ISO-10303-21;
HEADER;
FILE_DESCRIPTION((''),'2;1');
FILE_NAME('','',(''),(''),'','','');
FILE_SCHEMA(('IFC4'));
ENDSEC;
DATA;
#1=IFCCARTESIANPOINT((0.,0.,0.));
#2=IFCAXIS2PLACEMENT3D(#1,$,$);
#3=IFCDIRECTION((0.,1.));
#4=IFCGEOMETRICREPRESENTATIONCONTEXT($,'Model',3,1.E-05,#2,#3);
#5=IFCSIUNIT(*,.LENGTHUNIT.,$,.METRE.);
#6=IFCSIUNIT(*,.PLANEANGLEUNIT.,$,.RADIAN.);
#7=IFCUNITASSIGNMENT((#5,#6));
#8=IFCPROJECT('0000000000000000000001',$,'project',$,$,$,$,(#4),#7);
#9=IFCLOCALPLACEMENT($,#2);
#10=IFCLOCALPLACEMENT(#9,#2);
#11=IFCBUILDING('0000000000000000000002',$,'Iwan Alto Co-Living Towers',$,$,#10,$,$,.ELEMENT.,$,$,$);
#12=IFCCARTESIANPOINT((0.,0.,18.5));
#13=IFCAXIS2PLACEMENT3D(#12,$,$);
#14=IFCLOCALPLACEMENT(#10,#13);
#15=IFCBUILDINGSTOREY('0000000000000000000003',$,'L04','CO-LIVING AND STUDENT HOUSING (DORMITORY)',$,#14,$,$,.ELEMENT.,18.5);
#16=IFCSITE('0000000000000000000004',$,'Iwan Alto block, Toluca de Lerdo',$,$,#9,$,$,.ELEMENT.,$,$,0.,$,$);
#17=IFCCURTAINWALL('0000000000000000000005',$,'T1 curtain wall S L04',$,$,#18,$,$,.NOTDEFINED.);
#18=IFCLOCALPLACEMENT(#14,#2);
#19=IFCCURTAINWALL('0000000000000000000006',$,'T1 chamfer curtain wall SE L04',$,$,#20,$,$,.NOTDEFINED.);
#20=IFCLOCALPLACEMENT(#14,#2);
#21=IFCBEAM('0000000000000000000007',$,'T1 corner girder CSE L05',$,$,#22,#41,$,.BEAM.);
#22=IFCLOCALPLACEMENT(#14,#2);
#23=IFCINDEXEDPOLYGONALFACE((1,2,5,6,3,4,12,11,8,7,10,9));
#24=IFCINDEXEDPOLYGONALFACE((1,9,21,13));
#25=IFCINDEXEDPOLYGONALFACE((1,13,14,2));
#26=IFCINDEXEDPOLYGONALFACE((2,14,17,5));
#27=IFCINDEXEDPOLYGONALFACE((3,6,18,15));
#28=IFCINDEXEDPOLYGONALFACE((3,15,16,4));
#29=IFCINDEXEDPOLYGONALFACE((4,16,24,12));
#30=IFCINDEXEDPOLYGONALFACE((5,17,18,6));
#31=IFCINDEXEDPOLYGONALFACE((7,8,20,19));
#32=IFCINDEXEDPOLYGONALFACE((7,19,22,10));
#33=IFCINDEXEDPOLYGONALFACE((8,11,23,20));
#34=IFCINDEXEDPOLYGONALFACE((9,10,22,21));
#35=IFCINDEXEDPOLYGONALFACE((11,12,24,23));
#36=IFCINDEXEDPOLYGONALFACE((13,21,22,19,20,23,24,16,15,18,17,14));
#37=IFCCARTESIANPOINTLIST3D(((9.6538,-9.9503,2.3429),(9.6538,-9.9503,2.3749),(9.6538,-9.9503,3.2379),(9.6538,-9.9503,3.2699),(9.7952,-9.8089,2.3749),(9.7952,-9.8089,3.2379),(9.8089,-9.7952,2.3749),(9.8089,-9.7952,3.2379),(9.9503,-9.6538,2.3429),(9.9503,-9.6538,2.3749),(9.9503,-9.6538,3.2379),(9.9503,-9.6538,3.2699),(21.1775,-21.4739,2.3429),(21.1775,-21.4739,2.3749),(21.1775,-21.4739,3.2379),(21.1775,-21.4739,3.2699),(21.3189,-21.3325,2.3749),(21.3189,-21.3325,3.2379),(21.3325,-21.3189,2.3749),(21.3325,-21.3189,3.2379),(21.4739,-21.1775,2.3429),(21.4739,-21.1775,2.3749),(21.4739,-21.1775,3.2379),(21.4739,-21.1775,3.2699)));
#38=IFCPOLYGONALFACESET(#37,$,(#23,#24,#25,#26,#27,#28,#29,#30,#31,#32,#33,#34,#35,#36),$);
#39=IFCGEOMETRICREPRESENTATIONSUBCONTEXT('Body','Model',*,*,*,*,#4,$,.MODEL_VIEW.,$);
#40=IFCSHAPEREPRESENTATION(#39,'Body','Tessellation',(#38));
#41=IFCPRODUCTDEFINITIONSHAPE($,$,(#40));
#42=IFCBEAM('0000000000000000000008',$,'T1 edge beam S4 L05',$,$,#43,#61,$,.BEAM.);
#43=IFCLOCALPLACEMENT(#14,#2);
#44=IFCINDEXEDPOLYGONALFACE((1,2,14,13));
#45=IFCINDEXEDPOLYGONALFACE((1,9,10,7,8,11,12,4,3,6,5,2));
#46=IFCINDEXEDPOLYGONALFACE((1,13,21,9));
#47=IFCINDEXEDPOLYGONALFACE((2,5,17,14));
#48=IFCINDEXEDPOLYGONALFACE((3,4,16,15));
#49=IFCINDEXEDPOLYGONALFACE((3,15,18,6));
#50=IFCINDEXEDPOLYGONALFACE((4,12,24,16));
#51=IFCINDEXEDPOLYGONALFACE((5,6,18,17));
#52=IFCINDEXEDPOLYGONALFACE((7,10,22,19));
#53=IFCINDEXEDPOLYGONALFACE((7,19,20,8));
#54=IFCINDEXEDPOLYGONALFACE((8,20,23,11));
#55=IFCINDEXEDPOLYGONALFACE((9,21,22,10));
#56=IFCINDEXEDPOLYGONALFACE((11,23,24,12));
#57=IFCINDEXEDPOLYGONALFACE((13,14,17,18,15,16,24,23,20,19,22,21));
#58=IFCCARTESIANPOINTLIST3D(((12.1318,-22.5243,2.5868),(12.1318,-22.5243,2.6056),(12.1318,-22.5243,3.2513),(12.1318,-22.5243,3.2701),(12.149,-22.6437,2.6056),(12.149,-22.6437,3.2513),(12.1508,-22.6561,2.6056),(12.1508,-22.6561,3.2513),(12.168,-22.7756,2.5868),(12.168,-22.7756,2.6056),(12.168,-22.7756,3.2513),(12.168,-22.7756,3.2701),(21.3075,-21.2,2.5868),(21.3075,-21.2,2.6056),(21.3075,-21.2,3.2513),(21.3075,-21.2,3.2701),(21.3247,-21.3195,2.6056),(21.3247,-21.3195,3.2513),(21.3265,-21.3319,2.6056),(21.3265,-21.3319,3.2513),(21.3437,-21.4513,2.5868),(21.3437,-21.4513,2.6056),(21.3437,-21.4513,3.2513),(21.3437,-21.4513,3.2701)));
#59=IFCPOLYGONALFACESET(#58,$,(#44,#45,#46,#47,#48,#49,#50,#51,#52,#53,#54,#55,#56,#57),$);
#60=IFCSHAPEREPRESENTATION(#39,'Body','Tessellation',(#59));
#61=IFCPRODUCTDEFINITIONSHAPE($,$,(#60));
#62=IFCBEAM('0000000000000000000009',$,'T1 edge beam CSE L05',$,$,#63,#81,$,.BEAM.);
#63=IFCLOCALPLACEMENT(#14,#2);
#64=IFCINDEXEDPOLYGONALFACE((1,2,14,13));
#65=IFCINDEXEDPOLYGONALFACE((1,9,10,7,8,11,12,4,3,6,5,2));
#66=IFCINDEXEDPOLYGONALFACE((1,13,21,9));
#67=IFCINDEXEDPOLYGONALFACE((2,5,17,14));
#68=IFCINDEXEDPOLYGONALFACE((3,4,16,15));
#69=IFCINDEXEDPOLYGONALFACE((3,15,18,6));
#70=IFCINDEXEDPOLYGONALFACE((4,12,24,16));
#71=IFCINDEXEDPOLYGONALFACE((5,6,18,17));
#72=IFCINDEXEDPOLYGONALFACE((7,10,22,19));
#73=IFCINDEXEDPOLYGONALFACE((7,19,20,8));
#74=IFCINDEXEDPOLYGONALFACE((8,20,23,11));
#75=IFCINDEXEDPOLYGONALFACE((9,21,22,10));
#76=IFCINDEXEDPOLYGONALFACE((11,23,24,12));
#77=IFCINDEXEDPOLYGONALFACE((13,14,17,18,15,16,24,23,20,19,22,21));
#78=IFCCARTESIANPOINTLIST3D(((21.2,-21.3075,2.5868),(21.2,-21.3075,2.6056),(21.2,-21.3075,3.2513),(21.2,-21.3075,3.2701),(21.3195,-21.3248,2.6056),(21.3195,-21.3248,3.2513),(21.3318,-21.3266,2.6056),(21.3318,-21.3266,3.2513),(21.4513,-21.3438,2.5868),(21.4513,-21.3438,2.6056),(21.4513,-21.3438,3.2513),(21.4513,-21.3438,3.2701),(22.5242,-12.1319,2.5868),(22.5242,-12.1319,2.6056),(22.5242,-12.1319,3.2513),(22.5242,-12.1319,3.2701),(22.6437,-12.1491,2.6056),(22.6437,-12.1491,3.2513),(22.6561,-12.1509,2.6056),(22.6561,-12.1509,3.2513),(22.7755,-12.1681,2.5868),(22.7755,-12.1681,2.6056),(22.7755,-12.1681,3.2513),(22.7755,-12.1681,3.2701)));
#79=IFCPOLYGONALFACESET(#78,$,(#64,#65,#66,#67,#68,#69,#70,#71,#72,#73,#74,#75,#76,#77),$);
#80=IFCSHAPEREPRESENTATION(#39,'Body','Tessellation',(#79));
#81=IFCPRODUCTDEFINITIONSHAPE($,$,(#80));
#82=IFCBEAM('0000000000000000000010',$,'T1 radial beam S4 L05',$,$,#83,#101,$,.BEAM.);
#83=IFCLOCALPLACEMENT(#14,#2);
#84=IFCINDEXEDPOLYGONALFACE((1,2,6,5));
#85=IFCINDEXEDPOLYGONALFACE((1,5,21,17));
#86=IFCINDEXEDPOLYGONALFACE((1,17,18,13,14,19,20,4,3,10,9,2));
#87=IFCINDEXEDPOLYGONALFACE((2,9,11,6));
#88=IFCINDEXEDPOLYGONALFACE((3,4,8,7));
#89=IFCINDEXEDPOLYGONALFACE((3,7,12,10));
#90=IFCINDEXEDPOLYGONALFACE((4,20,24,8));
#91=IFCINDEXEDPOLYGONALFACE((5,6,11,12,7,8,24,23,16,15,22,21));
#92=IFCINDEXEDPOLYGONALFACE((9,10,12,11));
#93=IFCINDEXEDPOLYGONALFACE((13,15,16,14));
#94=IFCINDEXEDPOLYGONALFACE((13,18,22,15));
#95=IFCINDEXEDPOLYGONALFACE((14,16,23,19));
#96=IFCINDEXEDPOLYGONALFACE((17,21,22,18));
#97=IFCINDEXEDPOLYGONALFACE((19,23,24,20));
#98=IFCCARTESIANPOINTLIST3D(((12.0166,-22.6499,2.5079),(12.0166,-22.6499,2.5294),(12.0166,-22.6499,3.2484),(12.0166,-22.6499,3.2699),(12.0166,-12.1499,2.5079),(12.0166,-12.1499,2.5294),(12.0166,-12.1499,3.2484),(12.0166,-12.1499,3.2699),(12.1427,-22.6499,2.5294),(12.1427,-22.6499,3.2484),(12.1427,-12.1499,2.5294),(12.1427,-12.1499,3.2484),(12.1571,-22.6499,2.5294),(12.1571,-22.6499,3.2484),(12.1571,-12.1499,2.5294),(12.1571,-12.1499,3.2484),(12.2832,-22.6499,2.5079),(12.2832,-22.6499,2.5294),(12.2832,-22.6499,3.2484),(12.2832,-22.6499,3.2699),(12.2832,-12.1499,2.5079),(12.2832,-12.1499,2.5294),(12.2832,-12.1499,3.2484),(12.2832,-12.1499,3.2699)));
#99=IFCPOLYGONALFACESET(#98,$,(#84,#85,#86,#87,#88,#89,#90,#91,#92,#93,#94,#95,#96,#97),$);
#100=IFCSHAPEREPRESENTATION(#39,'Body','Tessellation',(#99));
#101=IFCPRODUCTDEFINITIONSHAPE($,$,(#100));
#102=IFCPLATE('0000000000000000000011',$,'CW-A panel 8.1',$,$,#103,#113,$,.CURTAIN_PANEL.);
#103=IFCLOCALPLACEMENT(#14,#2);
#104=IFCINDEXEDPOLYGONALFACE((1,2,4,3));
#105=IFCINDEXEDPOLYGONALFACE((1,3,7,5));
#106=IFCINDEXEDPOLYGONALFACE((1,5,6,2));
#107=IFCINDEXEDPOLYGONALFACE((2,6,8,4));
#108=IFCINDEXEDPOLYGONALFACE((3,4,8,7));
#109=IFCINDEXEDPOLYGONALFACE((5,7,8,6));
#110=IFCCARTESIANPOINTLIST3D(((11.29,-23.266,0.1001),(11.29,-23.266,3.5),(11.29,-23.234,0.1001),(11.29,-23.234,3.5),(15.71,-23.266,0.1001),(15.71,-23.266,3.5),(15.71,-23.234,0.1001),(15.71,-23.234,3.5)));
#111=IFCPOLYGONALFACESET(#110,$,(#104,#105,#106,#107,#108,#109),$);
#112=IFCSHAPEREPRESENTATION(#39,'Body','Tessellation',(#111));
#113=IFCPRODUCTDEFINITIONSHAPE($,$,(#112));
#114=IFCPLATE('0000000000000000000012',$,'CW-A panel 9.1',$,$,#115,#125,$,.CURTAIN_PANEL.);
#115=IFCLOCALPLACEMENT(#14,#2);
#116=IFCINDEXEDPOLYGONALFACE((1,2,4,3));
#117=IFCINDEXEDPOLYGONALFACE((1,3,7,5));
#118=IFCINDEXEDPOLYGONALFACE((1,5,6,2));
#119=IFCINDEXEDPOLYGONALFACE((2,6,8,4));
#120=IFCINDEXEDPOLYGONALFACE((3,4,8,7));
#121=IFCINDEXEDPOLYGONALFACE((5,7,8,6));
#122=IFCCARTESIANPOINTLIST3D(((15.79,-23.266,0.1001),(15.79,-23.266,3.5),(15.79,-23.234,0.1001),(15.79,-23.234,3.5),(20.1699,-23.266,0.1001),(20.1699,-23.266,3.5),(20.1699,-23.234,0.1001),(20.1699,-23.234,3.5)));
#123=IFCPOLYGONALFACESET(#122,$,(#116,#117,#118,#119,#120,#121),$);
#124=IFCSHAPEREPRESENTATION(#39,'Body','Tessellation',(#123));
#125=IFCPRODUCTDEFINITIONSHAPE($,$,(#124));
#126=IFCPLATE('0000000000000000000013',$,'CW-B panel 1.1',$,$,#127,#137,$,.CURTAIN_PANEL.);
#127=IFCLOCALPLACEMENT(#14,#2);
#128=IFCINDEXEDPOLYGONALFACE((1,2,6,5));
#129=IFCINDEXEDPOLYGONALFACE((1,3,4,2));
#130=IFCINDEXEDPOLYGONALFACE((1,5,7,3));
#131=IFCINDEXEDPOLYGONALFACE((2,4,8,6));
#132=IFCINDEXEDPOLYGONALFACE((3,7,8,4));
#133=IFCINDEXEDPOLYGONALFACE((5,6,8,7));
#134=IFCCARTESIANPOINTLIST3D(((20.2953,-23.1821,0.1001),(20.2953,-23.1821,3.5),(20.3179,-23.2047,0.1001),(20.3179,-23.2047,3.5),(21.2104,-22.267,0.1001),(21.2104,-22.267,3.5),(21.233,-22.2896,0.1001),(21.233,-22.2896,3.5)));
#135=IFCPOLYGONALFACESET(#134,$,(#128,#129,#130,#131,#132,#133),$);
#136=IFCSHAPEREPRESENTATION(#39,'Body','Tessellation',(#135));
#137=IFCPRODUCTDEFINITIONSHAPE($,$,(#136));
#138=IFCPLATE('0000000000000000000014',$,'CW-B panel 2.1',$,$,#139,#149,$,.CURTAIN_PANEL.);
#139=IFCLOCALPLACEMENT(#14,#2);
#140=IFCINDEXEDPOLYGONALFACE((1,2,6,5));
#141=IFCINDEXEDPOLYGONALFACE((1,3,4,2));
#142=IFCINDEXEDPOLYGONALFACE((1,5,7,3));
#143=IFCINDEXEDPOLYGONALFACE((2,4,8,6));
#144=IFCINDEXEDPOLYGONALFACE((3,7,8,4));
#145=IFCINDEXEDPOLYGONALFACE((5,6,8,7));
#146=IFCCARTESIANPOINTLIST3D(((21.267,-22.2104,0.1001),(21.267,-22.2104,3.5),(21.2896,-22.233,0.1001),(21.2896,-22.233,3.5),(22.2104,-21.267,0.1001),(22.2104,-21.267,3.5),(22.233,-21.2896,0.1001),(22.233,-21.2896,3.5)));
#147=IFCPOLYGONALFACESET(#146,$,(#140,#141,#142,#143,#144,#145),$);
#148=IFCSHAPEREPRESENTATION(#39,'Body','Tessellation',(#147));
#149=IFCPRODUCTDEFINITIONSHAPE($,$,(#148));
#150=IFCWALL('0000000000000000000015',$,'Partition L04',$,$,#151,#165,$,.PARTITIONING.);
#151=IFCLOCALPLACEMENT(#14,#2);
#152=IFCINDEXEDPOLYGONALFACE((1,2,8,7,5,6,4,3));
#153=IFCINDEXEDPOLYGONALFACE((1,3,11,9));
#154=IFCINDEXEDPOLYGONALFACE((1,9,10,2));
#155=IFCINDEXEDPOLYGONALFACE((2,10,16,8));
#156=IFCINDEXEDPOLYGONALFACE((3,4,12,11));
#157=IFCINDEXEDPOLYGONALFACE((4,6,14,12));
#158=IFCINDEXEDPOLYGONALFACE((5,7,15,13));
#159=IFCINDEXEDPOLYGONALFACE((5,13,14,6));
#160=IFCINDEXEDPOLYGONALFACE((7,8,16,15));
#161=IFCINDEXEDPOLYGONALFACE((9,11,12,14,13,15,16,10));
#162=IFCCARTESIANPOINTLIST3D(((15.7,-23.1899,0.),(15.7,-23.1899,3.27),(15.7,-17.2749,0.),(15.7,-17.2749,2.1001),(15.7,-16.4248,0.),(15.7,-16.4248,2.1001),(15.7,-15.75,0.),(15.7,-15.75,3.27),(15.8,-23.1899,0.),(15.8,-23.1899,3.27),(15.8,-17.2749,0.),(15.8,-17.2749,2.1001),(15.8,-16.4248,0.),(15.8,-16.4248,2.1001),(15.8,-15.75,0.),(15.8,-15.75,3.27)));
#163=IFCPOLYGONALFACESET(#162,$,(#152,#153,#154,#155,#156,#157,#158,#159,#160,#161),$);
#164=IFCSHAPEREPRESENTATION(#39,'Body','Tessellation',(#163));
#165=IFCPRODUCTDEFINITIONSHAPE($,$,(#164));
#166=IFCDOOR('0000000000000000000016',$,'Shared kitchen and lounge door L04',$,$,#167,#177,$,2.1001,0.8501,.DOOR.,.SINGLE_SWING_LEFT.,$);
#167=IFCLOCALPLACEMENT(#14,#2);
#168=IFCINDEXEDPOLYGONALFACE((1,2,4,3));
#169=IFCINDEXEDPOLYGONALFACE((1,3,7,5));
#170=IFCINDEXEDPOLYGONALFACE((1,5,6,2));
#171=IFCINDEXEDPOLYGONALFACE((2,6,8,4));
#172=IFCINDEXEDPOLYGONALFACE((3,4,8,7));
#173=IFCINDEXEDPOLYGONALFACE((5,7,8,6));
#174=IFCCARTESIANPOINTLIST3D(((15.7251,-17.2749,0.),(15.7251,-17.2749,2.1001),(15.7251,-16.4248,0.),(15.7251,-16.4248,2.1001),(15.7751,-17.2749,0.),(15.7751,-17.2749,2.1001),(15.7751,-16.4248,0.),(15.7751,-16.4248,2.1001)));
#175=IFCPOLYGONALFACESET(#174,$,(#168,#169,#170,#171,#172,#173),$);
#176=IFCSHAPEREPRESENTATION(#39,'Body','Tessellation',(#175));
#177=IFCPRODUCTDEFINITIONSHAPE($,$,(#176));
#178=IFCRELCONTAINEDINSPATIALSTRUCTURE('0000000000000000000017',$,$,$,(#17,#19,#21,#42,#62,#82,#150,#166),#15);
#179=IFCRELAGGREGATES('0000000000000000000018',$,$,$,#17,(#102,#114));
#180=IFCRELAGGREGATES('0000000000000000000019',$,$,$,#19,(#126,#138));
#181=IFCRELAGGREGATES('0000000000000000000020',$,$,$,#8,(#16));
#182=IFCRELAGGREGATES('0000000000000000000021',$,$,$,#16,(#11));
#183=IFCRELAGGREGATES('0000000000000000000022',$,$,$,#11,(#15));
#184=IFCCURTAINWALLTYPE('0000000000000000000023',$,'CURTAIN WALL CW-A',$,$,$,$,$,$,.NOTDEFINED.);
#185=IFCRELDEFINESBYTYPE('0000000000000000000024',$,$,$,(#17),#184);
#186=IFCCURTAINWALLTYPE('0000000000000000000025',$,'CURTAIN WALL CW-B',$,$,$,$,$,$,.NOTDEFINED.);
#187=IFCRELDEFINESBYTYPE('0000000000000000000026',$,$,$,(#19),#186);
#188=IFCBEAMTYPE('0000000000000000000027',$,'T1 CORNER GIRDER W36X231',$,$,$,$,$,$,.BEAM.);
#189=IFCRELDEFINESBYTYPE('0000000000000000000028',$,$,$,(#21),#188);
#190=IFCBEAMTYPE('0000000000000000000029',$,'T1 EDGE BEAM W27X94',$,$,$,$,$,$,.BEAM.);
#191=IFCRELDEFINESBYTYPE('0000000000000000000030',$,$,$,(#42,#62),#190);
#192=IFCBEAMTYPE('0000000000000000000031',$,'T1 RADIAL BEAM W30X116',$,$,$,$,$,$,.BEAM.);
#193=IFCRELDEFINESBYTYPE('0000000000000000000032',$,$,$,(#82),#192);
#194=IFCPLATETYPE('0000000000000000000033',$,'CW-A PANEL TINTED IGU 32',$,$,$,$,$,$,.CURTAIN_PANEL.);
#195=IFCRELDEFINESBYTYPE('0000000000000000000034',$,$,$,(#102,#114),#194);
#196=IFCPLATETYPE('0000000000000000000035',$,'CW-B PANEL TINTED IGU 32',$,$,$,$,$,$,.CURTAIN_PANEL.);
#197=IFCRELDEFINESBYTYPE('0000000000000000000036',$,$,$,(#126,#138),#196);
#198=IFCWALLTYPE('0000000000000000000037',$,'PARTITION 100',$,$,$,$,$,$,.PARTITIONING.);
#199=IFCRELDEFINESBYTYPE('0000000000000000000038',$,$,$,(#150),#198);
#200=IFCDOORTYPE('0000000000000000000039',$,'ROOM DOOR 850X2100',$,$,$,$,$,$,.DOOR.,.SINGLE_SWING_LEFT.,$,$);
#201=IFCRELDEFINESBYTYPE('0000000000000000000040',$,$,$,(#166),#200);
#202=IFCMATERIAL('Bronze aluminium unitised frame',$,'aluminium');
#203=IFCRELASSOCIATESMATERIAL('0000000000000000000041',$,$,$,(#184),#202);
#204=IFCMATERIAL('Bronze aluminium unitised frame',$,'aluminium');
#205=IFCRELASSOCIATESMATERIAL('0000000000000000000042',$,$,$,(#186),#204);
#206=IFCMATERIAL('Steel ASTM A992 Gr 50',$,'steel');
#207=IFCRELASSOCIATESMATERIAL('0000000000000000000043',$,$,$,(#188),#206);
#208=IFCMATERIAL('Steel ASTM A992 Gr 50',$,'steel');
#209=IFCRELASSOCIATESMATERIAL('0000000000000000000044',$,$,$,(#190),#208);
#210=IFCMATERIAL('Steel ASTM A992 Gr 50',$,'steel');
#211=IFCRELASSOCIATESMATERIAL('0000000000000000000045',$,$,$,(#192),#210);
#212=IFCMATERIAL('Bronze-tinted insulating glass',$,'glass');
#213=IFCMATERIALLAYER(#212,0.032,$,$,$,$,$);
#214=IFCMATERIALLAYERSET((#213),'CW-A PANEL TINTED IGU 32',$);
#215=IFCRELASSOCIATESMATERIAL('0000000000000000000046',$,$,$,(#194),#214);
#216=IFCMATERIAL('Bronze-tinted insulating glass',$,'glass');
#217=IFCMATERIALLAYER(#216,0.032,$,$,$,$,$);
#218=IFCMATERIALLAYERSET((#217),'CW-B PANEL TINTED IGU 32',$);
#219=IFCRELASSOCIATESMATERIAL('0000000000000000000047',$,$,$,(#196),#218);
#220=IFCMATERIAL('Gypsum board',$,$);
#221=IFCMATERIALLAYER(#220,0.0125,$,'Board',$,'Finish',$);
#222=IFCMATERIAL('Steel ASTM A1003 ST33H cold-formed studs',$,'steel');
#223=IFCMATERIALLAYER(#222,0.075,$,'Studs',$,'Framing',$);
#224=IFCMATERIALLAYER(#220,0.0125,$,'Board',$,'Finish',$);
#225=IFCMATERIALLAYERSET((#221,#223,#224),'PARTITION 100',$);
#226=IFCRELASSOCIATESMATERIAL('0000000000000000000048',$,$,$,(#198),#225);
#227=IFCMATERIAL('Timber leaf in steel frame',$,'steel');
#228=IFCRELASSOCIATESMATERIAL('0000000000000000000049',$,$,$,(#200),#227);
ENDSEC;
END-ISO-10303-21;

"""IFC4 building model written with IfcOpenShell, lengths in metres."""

from ifc_helpers import new_model, si_unit, direction, frame, frame_2d, origin, origin_2d, place, context, subcontext, project, spatial, rectangle, i_section, extrude, material, layer, layer_set, material_profile, profile_set, type_object, element, fill, aggregate, save


model = new_model("IFC4")

# Units and contexts
model_context = context("Model", 3, precision=1e-05, world=origin(), true_north=direction((0.0, 1.0)))
body_context = subcontext(model_context, "Body", "Model", "MODEL_VIEW")
ifc_project = project(units=[si_unit("LENGTHUNIT", "METRE"), si_unit("PLANEANGLEUNIT", "RADIAN")], contexts=[model_context])

# Site, building, storey
site_placement = place(None, origin())
site = spatial("IfcSite", under=ifc_project, at=site_placement, Name="Iwan Alto block, Toluca de Lerdo", CompositionType="ELEMENT", RefElevation=0.0)
building_placement = place(site_placement, origin())
building = spatial("IfcBuilding", under=site, at=building_placement, Name="Iwan Alto Co-Living Towers", CompositionType="ELEMENT")
storey_placement = place(building_placement, frame((0.0, 0.0, 18.5)))
storey = spatial("IfcBuildingStorey", under=building, at=storey_placement, Name="L04", Description="CO-LIVING AND STUDENT HOUSING (DORMITORY)", CompositionType="ELEMENT", Elevation=18.5)

# Curtain walls
ifc_material_1 = material(Name="Bronze aluminium unitised frame", Category="aluminium")
curtain_wall_type_1 = type_object("IfcCurtainWallType", Name="CURTAIN WALL CW-A", PredefinedType="NOTDEFINED", material=ifc_material_1)
curtain_wall_1_placement = place(storey_placement, origin())
curtain_wall_1 = element("IfcCurtainWall", 1, at=curtain_wall_1_placement, inside=storey, type_object=curtain_wall_type_1, Name="T1 curtain wall S L04", PredefinedType="NOTDEFINED")
ifc_material_2 = material(Name="Bronze aluminium unitised frame", Category="aluminium")
curtain_wall_type_2 = type_object("IfcCurtainWallType", Name="CURTAIN WALL CW-B", PredefinedType="NOTDEFINED", material=ifc_material_2)
curtain_wall_2_placement = place(storey_placement, origin())
curtain_wall_2 = element("IfcCurtainWall", 2, at=curtain_wall_2_placement, inside=storey, type_object=curtain_wall_type_2, Name="T1 chamfer curtain wall SE L04", PredefinedType="NOTDEFINED")

# Beams
ifc_material_3 = material(Name="Steel ASTM A992 Gr 50", Category="steel")
ifc_material_profile_1 = material_profile(ifc_material_3, i_section(OverallWidth=0.4192, OverallDepth=0.927, WebThickness=0.0193, FlangeThickness=0.032, at=origin_2d()), Name="W36X231")
ifc_profile_set_1 = profile_set([ifc_material_profile_1], Name="Steel ASTM A992 Gr 50")
beam_type_1 = type_object("IfcBeamType", Name="T1 CORNER GIRDER W36X231", PredefinedType="BEAM", material=ifc_profile_set_1)
beam_1_placement = place(storey_placement, frame((21.3257, -21.3257, 2.8064), z_axis=(-0.707107, 0.707107, 0.0), x_axis=(-0.707107, -0.707107, 0.0)))
element("IfcBeam", 3, at=beam_1_placement, inside=storey, type_object=beam_type_1, Name="T1 corner girder CSE L05", PredefinedType="BEAM", context=body_context, shape_type="SweptSolid", body=[
    extrude(i_section(OverallWidth=0.4192, OverallDepth=0.927, WebThickness=0.0193, FlangeThickness=0.032, at=origin_2d()), origin(), (0.0, 0.0, 1.0), 16.2969),
])
ifc_material_4 = material(Name="Steel ASTM A992 Gr 50", Category="steel")
ifc_material_profile_2 = material_profile(ifc_material_4, i_section(OverallWidth=0.2539, OverallDepth=0.6833, WebThickness=0.0125, FlangeThickness=0.0188, at=origin_2d()), Name="W27X94")
ifc_profile_set_2 = profile_set([ifc_material_profile_2], Name="Steel ASTM A992 Gr 50")
beam_type_2 = type_object("IfcBeamType", Name="T1 EDGE BEAM W27X94", PredefinedType="BEAM", material=ifc_profile_set_2)
for number, where, z_axis, x_axis, name in (
    (4, (12.1499, -22.6499, 2.9285), (0.989746, 0.142837, 0.0), (-0.142837, 0.989746, 0.0), "T1 edge beam S4 L05"),
    (5, (21.3257, -21.3257, 2.9285), (0.142837, 0.989746, 0.0), (-0.989746, 0.142837, 0.0), "T1 edge beam CSE L05"),
):
    element("IfcBeam", number, at=place(storey_placement, frame(where, z_axis=z_axis, x_axis=x_axis)), inside=storey, type_object=beam_type_2, Name=name, PredefinedType="BEAM", context=body_context, shape_type="SweptSolid", body=[
        extrude(i_section(OverallWidth=0.2539, OverallDepth=0.6833, WebThickness=0.0125, FlangeThickness=0.0188, at=origin_2d()), origin(), (0.0, 0.0, 1.0), 9.2708),
    ])
ifc_material_5 = material(Name="Steel ASTM A992 Gr 50", Category="steel")
ifc_material_profile_3 = material_profile(ifc_material_5, i_section(OverallWidth=0.2666, OverallDepth=0.762, WebThickness=0.0144, FlangeThickness=0.0215, at=origin_2d()), Name="W30X116")
ifc_profile_set_3 = profile_set([ifc_material_profile_3], Name="Steel ASTM A992 Gr 50")
beam_type_3 = type_object("IfcBeamType", Name="T1 RADIAL BEAM W30X116", PredefinedType="BEAM", material=ifc_profile_set_3)
beam_2_placement = place(storey_placement, frame((12.1499, -22.6499, 2.8889), z_axis=(0.0, 1.0, 0.0), x_axis=(-1.0, 0.0, 0.0)))
element("IfcBeam", 6, at=beam_2_placement, inside=storey, type_object=beam_type_3, Name="T1 radial beam S4 L05", PredefinedType="BEAM", context=body_context, shape_type="SweptSolid", body=[
    extrude(i_section(OverallWidth=0.2666, OverallDepth=0.762, WebThickness=0.0144, FlangeThickness=0.0215, at=origin_2d()), origin(), (0.0, 0.0, 1.0), 10.5),
])

# Plates
ifc_material_6 = material(Name="Bronze-tinted insulating glass", Category="glass")
ifc_layer_1 = layer(ifc_material_6, 0.032)
ifc_layer_set_1 = layer_set([ifc_layer_1], Name="CW-A PANEL TINTED IGU 32")
plate_type_1 = type_object("IfcPlateType", Name="CW-A PANEL TINTED IGU 32", PredefinedType="CURTAIN_PANEL", material=ifc_layer_set_1)
plate_1_placement = place(storey_placement, frame((13.5, -23.25, 0.1001), z_axis=(0.0, 0.0, 1.0), x_axis=(1.0, 0.0, 0.0)))
plate_1 = element("IfcPlate", 7, at=plate_1_placement, type_object=plate_type_1, Name="CW-A panel 8.1", PredefinedType="CURTAIN_PANEL", context=body_context, shape_type="SweptSolid", body=[
    extrude(rectangle(XDim=4.4199, YDim=0.032, at=origin_2d()), origin(), (0.0, 0.0, 1.0), 3.3999),
])
plate_2_placement = place(storey_placement, frame((17.98, -23.25, 0.1001), z_axis=(0.0, 0.0, 1.0), x_axis=(1.0, 0.0, 0.0)))
plate_2 = element("IfcPlate", 8, at=plate_2_placement, type_object=plate_type_1, Name="CW-A panel 9.1", PredefinedType="CURTAIN_PANEL", context=body_context, shape_type="SweptSolid", body=[
    extrude(rectangle(XDim=4.3799, YDim=0.032, at=origin_2d()), origin(), (0.0, 0.0, 1.0), 3.3999),
])
aggregate(curtain_wall_1, [plate_1, plate_2])
ifc_material_7 = material(Name="Bronze-tinted insulating glass", Category="glass")
ifc_layer_2 = layer(ifc_material_7, 0.032)
ifc_layer_set_2 = layer_set([ifc_layer_2], Name="CW-B PANEL TINTED IGU 32")
plate_type_2 = type_object("IfcPlateType", Name="CW-B PANEL TINTED IGU 32", PredefinedType="CURTAIN_PANEL", material=ifc_layer_set_2)
plate_3_placement = place(storey_placement, frame((20.7642, -22.7358, 0.1001), z_axis=(0.0, 0.0, 1.0), x_axis=(0.707107, 0.707107, 0.0)))
plate_3 = element("IfcPlate", 9, at=plate_3_placement, type_object=plate_type_2, Name="CW-B panel 1.1", PredefinedType="CURTAIN_PANEL", context=body_context, shape_type="SweptSolid", body=[
    extrude(rectangle(XDim=1.2942, YDim=0.032, at=origin_2d()), origin(), (0.0, 0.0, 1.0), 3.3999),
])
plate_4_placement = place(storey_placement, frame((21.75, -21.75, 0.1001), z_axis=(0.0, 0.0, 1.0), x_axis=(0.707107, 0.707107, 0.0)))
plate_4 = element("IfcPlate", 10, at=plate_4_placement, type_object=plate_type_2, Name="CW-B panel 2.1", PredefinedType="CURTAIN_PANEL", context=body_context, shape_type="SweptSolid", body=[
    extrude(rectangle(XDim=1.3342, YDim=0.032, at=origin_2d()), origin(), (0.0, 0.0, 1.0), 3.3999),
])
aggregate(curtain_wall_2, [plate_3, plate_4])

# Wall, opening, door
ifc_material_8 = material(Name="Gypsum board")
ifc_layer_3 = layer(ifc_material_8, 0.0125, Name="Board", Category="Finish")
ifc_material_9 = material(Name="Steel ASTM A1003 ST33H cold-formed studs", Category="steel")
ifc_layer_4 = layer(ifc_material_9, 0.075, Name="Studs", Category="Framing")
ifc_layer_5 = layer(ifc_material_8, 0.0125, Name="Board", Category="Finish")
ifc_layer_set_3 = layer_set([ifc_layer_3, ifc_layer_4, ifc_layer_5], Name="PARTITION 100")
wall_type = type_object("IfcWallType", Name="PARTITION 100", PredefinedType="PARTITIONING", material=ifc_layer_set_3)
wall_placement = place(storey_placement, frame((15.75, -23.1899, 0.0), z_axis=(0.0, 0.0, 1.0), x_axis=(0.0, 1.0, 0.0)))
wall = element("IfcWall", 11, at=wall_placement, inside=storey, type_object=wall_type, Name="Partition L04", PredefinedType="PARTITIONING", context=body_context, shape_type="SweptSolid", body=[
    extrude(rectangle(XDim=7.4399, YDim=0.1001, at=frame_2d((3.72, 0.0))), origin(), (0.0, 0.0, 1.0), 3.27),
])
opening_placement = place(wall_placement, frame((5.915, 0.0, 0.0)))
opening = element("IfcOpeningElement", 12, at=opening_placement, cuts=wall, PredefinedType="OPENING", context=body_context, shape_type="SweptSolid", body=[
    extrude(rectangle(XDim=0.8501, YDim=2.1001, at=frame_2d((0.425, 1.05))), frame((0.0, 0.0601, 0.0), z_axis=(0.0, -1.0, 0.0), x_axis=(1.0, 0.0, 0.0)), (0.0, 0.0, 1.0), 0.1201),
])
ifc_material_10 = material(Name="Timber leaf in steel frame", Category="steel")
door_type = type_object("IfcDoorType", Name="ROOM DOOR 850X2100", OperationType="SINGLE_SWING_LEFT", PredefinedType="DOOR", material=ifc_material_10)
door_placement = place(opening_placement, origin())
door = element("IfcDoor", 13, at=door_placement, inside=storey, type_object=door_type, Name="Shared kitchen and lounge door L04", OperationType="SINGLE_SWING_LEFT", OverallHeight=2.1001, OverallWidth=0.8501, PredefinedType="DOOR", context=body_context, shape_type="SweptSolid", body=[
    extrude(rectangle(XDim=0.8501, YDim=2.1001, at=frame_2d((0.425, 1.05))), frame((0.0, 0.0249, 0.0), z_axis=(0.0, -1.0, 0.0), x_axis=(1.0, 0.0, 0.0)), (0.0, 0.0, 1.0), 0.05),
])
fill(opening, door)

save(model, "model.ifc")
